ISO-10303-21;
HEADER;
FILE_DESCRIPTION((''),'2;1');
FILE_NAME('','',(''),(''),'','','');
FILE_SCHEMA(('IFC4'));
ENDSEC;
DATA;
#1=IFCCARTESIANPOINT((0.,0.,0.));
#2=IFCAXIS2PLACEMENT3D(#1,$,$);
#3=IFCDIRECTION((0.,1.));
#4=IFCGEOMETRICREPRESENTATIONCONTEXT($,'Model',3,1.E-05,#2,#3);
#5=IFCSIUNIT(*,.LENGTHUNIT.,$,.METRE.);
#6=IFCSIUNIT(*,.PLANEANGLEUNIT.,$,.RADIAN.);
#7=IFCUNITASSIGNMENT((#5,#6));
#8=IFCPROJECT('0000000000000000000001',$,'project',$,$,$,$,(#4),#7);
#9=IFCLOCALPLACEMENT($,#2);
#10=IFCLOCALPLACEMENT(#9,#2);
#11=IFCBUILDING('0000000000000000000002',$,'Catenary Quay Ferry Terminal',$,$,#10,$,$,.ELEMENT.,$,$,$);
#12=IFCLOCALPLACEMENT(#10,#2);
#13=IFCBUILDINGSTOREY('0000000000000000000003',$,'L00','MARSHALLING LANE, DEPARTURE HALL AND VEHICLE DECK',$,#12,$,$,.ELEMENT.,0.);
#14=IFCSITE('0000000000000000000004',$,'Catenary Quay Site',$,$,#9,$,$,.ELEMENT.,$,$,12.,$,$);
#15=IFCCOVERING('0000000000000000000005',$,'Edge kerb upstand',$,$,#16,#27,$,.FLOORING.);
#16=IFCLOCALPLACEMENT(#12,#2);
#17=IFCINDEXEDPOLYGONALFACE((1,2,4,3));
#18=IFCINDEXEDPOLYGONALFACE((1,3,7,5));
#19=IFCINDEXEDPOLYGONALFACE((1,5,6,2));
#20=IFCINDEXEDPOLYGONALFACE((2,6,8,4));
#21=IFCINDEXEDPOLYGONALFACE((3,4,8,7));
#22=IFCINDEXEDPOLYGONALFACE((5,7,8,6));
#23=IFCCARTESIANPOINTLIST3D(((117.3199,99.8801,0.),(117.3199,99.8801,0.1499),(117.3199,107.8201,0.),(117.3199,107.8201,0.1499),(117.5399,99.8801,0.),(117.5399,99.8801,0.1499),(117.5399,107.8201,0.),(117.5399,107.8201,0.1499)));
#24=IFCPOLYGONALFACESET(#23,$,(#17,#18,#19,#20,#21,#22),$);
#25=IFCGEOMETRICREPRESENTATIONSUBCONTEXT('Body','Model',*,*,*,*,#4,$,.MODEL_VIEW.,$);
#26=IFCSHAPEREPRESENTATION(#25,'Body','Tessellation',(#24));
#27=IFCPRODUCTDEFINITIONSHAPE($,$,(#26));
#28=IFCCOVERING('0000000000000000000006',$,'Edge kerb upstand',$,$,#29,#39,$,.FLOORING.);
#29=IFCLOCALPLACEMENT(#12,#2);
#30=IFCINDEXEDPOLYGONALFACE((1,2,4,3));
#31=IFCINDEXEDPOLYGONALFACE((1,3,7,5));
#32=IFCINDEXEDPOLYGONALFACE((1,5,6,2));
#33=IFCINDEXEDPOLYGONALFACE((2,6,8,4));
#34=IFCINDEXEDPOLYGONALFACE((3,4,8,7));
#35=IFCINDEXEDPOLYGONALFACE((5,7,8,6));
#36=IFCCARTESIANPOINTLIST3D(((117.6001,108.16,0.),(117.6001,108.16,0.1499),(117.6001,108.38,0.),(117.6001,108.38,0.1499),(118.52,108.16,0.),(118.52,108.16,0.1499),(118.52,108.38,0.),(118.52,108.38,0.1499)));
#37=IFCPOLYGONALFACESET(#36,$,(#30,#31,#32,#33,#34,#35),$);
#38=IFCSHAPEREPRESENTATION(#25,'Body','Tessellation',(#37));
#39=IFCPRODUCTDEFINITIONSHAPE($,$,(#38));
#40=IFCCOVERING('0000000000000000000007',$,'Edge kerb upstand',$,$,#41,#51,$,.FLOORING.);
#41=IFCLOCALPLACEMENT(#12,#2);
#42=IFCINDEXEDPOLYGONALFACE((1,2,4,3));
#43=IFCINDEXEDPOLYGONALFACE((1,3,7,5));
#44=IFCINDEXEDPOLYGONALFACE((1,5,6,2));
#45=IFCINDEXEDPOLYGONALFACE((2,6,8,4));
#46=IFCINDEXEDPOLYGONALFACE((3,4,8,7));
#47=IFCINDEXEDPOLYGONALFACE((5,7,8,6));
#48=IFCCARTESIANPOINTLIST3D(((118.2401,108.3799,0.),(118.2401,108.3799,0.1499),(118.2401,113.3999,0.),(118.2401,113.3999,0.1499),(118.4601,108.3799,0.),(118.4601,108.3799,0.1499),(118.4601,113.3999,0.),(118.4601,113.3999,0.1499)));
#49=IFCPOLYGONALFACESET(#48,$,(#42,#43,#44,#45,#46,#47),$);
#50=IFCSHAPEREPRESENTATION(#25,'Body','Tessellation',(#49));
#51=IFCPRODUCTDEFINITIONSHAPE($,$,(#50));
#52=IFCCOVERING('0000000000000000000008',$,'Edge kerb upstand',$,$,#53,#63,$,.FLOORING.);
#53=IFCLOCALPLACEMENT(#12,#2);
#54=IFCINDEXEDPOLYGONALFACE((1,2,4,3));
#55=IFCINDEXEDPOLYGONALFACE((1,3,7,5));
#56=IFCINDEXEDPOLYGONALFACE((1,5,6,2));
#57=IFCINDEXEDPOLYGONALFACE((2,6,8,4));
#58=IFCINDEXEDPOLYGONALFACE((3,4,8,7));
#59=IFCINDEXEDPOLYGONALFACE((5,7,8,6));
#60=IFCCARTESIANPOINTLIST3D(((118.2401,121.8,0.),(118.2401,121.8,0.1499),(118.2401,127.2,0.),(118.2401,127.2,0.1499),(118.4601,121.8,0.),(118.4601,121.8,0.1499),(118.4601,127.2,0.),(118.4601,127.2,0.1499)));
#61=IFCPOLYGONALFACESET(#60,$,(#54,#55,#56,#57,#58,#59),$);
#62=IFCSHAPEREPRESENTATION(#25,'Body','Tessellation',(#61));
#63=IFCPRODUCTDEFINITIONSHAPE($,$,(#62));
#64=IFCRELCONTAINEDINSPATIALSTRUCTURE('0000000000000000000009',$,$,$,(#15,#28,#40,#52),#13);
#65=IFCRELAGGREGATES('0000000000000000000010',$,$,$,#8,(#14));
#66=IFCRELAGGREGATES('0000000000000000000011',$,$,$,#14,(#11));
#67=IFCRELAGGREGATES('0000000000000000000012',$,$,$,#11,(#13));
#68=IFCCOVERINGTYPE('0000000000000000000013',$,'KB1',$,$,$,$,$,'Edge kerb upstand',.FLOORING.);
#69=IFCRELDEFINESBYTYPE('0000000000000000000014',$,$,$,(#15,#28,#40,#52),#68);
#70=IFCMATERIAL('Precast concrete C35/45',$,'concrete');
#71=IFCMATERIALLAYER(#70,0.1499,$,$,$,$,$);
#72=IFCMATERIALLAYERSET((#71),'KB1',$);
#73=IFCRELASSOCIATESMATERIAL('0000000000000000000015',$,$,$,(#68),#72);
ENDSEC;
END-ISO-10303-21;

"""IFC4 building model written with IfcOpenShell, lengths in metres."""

from ifc_helpers import new_model, si_unit, direction, frame, origin, origin_2d, place, context, subcontext, project, spatial, rectangle, extrude, material, layer, layer_set, type_object, element, save


model = new_model("IFC4")

# Units and contexts
model_context = context("Model", 3, precision=1e-05, world=origin(), true_north=direction((0.0, 1.0)))
body_context = subcontext(model_context, "Body", "Model", "MODEL_VIEW")
ifc_project = project(units=[si_unit("LENGTHUNIT", "METRE"), si_unit("PLANEANGLEUNIT", "RADIAN")], contexts=[model_context])

# Site, building, storey
site_placement = place(None, origin())
site = spatial("IfcSite", under=ifc_project, at=site_placement, Name="Catenary Quay Site", CompositionType="ELEMENT", RefElevation=12.0)
building_placement = place(site_placement, origin())
building = spatial("IfcBuilding", under=site, at=building_placement, Name="Catenary Quay Ferry Terminal", CompositionType="ELEMENT")
storey_placement = place(building_placement, origin())
storey = spatial("IfcBuildingStorey", under=building, at=storey_placement, Name="L00", Description="MARSHALLING LANE, DEPARTURE HALL AND VEHICLE DECK", CompositionType="ELEMENT", Elevation=0.0)

# Coverings
ifc_material_1 = material(Name="Precast concrete C35/45", Category="concrete")
ifc_layer = layer(ifc_material_1, 0.1499)
ifc_layer_set = layer_set([ifc_layer], Name="KB1")
covering_type = type_object("IfcCoveringType", Name="KB1", ElementType="Edge kerb upstand", PredefinedType="FLOORING", material=ifc_layer_set)
covering_1_placement = place(storey_placement, frame((117.4299, 103.8501, 0.0), z_axis=(0.0, 0.0, 1.0), x_axis=(1.0, 0.0, 0.0)))
element("IfcCovering", 1, at=covering_1_placement, inside=storey, type_object=covering_type, Name="Edge kerb upstand", PredefinedType="FLOORING", context=body_context, shape_type="SweptSolid", body=[
    extrude(rectangle(XDim=0.22, YDim=7.9399, at=origin_2d()), origin(), (0.0, 0.0, 1.0), 0.1499),
])
covering_2_placement = place(storey_placement, frame((118.0601, 108.27, 0.0), z_axis=(0.0, 0.0, 1.0), x_axis=(1.0, 0.0, 0.0)))
element("IfcCovering", 2, at=covering_2_placement, inside=storey, type_object=covering_type, Name="Edge kerb upstand", PredefinedType="FLOORING", context=body_context, shape_type="SweptSolid", body=[
    extrude(rectangle(XDim=0.9199, YDim=0.22, at=origin_2d()), origin(), (0.0, 0.0, 1.0), 0.1499),
])
covering_3_placement = place(storey_placement, frame((118.3501, 110.8899, 0.0), z_axis=(0.0, 0.0, 1.0), x_axis=(1.0, 0.0, 0.0)))
element("IfcCovering", 3, at=covering_3_placement, inside=storey, type_object=covering_type, Name="Edge kerb upstand", PredefinedType="FLOORING", context=body_context, shape_type="SweptSolid", body=[
    extrude(rectangle(XDim=0.22, YDim=5.02, at=origin_2d()), origin(), (0.0, 0.0, 1.0), 0.1499),
])
covering_4_placement = place(storey_placement, frame((118.3501, 124.5, 0.0), z_axis=(0.0, 0.0, 1.0), x_axis=(1.0, 0.0, 0.0)))
element("IfcCovering", 4, at=covering_4_placement, inside=storey, type_object=covering_type, Name="Edge kerb upstand", PredefinedType="FLOORING", context=body_context, shape_type="SweptSolid", body=[
    extrude(rectangle(XDim=0.22, YDim=5.3999, at=origin_2d()), origin(), (0.0, 0.0, 1.0), 0.1499),
])

save(model, "model.ifc")
